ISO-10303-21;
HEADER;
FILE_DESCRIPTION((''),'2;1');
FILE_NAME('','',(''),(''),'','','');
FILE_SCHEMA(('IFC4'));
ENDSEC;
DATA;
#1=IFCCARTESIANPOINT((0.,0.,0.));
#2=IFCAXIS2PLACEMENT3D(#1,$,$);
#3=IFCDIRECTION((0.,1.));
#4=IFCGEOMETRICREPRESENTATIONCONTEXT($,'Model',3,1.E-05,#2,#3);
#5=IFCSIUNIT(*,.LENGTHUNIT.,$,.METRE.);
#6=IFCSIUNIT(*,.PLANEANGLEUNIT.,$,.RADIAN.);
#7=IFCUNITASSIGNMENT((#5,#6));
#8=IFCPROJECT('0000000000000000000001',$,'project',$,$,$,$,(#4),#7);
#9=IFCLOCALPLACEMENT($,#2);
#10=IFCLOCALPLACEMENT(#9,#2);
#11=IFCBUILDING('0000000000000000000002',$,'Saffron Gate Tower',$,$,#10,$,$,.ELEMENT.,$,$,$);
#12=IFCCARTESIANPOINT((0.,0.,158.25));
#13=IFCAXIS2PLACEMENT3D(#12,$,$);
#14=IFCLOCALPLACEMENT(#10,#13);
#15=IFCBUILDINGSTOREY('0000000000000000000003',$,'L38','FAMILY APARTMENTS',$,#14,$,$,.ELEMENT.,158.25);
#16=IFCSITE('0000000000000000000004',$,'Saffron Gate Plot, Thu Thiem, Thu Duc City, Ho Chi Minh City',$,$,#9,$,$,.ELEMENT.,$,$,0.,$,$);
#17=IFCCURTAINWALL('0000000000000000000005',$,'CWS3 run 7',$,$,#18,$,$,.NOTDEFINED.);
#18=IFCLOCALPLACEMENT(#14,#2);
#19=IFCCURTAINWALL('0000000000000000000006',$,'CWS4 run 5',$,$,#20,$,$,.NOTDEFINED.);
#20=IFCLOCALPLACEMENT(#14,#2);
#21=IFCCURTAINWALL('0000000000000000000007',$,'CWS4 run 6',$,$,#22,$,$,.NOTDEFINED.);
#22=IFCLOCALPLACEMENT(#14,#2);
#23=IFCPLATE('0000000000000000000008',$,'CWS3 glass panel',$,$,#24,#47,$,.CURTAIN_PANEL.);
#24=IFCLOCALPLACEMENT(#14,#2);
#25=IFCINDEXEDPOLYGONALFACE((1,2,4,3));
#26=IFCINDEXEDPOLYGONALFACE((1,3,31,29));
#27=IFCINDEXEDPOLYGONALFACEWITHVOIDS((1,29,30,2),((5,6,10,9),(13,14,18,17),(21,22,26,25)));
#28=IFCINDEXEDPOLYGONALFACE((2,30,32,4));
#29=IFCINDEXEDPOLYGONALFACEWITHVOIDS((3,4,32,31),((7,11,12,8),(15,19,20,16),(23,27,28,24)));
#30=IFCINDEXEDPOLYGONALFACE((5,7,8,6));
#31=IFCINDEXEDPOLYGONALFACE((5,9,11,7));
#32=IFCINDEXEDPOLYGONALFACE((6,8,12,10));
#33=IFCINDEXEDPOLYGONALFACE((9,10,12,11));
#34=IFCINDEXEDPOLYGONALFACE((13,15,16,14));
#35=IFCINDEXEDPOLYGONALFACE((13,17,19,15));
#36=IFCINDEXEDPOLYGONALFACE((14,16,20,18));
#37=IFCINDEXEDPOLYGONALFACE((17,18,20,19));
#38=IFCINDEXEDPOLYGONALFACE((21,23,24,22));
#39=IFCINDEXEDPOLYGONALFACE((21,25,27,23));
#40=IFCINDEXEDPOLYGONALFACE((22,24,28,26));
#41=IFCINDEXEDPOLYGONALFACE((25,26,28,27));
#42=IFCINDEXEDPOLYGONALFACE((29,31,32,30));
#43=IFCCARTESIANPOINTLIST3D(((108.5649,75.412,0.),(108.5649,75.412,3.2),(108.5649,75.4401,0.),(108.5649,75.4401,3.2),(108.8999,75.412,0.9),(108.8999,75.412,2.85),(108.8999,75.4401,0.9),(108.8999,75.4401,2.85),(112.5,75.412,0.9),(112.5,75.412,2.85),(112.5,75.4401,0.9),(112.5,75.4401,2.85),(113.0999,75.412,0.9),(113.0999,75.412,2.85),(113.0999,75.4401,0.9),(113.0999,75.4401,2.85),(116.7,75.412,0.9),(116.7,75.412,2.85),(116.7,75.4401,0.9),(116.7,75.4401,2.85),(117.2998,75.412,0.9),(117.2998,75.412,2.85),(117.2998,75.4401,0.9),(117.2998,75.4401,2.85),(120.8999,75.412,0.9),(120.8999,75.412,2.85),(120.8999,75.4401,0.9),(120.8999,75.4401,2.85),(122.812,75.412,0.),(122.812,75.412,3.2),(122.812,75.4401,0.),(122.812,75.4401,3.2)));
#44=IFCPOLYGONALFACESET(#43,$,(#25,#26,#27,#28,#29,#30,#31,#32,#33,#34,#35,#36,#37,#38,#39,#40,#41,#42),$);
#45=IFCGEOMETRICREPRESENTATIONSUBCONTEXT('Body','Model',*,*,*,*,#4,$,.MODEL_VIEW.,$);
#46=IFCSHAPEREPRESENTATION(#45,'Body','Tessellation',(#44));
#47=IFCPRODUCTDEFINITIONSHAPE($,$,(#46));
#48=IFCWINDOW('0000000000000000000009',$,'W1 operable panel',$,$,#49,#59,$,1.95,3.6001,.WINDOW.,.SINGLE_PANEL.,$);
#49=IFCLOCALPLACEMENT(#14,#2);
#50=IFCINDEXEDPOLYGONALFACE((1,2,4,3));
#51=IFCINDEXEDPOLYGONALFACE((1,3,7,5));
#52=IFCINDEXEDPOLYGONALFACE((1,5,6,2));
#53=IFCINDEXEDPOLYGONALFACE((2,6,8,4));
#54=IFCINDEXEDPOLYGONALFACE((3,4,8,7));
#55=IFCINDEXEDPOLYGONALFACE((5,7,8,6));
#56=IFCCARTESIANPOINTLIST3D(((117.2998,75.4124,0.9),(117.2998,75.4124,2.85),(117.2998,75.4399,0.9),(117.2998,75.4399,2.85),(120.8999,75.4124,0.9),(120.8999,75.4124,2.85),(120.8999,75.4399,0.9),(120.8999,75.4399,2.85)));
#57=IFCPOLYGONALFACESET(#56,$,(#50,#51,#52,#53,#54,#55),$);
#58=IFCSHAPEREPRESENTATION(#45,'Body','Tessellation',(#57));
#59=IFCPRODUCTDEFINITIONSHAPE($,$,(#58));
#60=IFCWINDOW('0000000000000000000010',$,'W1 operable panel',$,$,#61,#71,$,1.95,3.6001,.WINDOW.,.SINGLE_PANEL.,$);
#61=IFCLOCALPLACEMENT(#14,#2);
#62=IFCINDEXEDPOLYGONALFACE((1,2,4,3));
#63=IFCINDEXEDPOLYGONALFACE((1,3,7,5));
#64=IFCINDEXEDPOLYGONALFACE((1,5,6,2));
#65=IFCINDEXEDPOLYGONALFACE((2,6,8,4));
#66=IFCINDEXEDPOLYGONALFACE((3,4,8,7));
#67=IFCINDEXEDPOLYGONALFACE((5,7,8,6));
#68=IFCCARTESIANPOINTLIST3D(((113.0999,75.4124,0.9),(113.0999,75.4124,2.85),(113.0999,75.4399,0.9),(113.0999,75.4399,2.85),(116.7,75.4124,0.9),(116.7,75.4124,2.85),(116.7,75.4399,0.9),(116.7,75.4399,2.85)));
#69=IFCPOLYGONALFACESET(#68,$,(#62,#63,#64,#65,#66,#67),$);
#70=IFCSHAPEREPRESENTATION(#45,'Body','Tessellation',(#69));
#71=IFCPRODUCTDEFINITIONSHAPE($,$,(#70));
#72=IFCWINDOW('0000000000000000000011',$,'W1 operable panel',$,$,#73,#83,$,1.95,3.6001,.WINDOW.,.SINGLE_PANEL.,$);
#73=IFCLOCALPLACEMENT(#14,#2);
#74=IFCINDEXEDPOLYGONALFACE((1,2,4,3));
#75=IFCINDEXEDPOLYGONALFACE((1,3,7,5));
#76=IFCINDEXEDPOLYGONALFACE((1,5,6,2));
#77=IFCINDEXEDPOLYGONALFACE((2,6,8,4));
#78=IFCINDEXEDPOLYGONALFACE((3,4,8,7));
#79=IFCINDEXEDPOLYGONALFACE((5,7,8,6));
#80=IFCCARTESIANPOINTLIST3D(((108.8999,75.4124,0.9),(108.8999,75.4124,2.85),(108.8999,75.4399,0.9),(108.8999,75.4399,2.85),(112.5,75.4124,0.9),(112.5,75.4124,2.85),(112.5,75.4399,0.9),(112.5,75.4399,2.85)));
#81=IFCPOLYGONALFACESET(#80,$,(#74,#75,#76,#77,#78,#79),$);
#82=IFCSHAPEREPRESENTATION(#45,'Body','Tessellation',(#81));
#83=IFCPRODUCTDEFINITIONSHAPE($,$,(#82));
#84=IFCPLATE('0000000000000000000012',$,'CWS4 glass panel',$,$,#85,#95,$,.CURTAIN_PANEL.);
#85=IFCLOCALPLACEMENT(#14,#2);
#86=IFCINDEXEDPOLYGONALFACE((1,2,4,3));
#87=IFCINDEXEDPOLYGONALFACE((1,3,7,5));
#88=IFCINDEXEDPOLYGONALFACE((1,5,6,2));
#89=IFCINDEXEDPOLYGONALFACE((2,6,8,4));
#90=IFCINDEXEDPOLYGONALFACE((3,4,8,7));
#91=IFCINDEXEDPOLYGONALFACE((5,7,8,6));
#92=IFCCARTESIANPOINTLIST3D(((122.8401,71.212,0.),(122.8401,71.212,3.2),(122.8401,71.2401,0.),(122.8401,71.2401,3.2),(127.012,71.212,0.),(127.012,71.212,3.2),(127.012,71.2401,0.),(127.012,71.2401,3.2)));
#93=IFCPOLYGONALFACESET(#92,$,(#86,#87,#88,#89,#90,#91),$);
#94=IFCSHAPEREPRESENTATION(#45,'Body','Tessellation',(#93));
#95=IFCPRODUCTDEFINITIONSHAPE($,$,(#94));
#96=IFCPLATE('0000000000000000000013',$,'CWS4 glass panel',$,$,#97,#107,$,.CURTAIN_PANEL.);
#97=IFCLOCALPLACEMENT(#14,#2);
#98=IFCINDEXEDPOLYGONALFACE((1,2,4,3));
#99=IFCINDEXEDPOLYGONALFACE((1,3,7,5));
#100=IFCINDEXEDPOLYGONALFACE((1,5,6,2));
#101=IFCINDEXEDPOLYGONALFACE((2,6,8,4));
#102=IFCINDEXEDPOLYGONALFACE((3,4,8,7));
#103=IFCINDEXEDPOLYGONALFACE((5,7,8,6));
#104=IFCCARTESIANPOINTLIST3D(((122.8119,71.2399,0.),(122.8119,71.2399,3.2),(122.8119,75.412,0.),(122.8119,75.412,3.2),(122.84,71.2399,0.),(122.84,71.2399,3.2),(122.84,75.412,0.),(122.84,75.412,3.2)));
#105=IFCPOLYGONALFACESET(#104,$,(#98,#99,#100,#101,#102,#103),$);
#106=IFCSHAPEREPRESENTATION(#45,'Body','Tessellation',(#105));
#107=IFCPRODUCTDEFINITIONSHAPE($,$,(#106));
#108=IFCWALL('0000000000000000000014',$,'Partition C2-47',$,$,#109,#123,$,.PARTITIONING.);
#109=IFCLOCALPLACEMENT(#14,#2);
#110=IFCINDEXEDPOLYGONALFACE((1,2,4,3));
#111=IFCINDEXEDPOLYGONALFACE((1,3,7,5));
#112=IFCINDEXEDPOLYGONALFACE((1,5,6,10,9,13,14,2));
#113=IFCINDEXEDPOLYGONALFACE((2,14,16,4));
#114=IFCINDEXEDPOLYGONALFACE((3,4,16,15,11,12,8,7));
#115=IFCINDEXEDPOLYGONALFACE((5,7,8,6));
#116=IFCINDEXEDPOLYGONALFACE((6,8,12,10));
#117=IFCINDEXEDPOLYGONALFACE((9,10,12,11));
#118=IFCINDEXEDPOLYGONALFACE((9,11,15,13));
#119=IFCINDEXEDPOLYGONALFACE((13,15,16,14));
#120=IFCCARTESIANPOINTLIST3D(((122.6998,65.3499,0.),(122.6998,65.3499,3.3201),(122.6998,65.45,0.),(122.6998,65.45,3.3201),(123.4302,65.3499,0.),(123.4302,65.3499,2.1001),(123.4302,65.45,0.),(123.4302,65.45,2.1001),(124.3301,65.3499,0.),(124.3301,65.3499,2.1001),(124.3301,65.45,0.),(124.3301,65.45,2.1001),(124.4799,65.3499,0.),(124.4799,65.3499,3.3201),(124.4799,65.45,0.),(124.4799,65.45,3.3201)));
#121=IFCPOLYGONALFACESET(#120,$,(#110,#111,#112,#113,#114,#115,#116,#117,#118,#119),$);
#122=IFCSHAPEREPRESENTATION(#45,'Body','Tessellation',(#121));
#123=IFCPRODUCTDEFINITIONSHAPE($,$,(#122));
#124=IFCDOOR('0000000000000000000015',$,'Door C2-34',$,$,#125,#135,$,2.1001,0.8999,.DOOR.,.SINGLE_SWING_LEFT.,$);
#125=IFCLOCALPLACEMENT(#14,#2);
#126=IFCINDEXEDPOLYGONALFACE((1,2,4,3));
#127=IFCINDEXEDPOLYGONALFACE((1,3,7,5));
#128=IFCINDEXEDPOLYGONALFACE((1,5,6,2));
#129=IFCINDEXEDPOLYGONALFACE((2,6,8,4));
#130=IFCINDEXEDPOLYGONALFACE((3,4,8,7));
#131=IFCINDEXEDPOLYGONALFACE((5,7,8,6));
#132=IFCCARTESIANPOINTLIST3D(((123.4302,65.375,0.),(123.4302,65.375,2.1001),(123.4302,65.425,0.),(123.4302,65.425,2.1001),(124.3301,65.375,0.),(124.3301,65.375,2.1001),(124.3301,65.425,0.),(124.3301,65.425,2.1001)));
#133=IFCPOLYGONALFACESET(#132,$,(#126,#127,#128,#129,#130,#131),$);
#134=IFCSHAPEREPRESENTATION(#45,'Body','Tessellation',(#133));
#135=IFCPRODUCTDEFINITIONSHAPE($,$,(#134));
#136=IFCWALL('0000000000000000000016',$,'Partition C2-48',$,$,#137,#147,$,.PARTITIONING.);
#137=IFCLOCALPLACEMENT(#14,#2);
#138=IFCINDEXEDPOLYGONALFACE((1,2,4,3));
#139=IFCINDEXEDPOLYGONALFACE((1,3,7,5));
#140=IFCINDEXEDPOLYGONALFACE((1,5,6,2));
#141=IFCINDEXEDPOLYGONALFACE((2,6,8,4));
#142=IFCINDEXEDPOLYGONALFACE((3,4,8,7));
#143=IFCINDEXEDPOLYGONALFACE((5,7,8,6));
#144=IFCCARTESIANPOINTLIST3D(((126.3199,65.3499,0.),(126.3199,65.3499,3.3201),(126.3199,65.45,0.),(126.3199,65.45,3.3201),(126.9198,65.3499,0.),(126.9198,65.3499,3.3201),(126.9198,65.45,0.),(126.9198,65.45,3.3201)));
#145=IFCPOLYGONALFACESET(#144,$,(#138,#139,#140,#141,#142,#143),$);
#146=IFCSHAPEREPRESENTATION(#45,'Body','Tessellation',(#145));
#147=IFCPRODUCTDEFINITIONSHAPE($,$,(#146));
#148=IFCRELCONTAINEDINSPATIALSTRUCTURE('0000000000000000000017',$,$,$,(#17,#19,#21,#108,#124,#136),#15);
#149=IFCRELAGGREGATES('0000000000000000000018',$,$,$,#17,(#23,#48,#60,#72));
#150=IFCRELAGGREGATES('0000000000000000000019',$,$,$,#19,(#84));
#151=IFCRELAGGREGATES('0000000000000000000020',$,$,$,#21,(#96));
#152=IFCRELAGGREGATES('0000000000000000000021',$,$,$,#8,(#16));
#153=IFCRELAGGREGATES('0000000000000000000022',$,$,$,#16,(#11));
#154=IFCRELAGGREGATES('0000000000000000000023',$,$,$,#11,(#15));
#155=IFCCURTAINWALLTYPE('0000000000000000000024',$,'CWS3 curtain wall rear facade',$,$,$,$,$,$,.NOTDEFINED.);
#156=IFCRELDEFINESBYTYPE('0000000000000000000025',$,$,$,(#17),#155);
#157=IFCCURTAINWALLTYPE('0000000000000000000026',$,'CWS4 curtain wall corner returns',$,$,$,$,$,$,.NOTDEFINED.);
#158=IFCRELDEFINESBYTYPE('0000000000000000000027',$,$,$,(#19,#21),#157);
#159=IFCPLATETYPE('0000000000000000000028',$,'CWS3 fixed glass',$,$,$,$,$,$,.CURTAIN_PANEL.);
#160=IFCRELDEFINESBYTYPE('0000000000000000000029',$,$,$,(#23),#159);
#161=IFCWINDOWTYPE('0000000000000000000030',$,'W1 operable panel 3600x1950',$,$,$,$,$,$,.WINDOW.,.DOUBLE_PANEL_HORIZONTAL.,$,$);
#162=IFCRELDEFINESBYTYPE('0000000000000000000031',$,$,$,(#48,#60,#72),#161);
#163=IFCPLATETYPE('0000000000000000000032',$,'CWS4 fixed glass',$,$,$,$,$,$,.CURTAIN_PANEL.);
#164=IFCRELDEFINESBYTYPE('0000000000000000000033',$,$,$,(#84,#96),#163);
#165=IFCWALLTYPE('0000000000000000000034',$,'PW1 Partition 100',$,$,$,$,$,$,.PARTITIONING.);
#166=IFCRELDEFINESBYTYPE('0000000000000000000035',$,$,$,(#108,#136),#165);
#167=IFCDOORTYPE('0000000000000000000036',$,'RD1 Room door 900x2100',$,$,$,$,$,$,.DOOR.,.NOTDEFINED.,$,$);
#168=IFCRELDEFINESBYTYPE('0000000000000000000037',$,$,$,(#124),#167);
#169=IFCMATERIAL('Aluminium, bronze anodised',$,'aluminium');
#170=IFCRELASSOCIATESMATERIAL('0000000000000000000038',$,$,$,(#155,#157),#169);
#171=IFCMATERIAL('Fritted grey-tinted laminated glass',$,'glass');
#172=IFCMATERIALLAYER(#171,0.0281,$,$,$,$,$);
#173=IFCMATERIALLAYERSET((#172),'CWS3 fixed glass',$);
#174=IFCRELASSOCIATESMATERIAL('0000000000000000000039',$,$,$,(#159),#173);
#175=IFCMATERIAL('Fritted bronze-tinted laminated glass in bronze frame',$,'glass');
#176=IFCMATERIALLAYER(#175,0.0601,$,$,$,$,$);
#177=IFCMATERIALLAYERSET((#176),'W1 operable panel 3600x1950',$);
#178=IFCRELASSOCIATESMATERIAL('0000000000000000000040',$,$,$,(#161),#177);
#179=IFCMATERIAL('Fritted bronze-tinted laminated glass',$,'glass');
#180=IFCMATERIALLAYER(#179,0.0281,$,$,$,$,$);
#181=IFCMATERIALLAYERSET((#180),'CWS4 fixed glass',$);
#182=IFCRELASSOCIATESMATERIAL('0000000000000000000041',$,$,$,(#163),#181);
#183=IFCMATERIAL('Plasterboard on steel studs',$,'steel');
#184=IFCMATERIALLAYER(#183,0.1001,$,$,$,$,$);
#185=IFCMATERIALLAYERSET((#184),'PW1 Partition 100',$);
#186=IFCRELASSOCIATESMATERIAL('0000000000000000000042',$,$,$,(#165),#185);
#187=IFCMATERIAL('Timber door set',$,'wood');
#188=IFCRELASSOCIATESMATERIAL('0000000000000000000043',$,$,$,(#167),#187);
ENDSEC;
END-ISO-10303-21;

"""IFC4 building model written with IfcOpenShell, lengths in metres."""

from ifc_helpers import new_model, si_unit, direction, frame, frame_2d, origin, place, context, subcontext, project, spatial, rectangle, extrude, material, layer, layer_set, type_object, element, fill, aggregate, save


model = new_model("IFC4")

# Units and contexts
model_context = context("Model", 3, precision=1e-05, world=origin(), true_north=direction((0.0, 1.0)))
body_context = subcontext(model_context, "Body", "Model", "MODEL_VIEW")
ifc_project = project(units=[si_unit("LENGTHUNIT", "METRE"), si_unit("PLANEANGLEUNIT", "RADIAN")], contexts=[model_context])

# Site, building, storey
site_placement = place(None, origin())
site = spatial("IfcSite", under=ifc_project, at=site_placement, Name="Saffron Gate Plot, Thu Thiem, Thu Duc City, Ho Chi Minh City", CompositionType="ELEMENT", RefElevation=0.0)
building_placement = place(site_placement, origin())
building = spatial("IfcBuilding", under=site, at=building_placement, Name="Saffron Gate Tower", CompositionType="ELEMENT")
storey_placement = place(building_placement, frame((0.0, 0.0, 158.25)))
storey = spatial("IfcBuildingStorey", under=building, at=storey_placement, Name="L38", Description="FAMILY APARTMENTS", CompositionType="ELEMENT", Elevation=158.25)

# Curtain walls
ifc_material_1 = material(Name="Aluminium, bronze anodised", Category="aluminium")
curtain_wall_type_1 = type_object("IfcCurtainWallType", Name="CWS3 curtain wall rear facade", PredefinedType="NOTDEFINED", material=ifc_material_1)
curtain_wall_1_placement = place(storey_placement, origin())
curtain_wall_1 = element("IfcCurtainWall", 1, at=curtain_wall_1_placement, inside=storey, type_object=curtain_wall_type_1, Name="CWS3 run 7", PredefinedType="NOTDEFINED")
curtain_wall_type_2 = type_object("IfcCurtainWallType", Name="CWS4 curtain wall corner returns", PredefinedType="NOTDEFINED", material=ifc_material_1)
curtain_wall_2_placement = place(storey_placement, origin())
curtain_wall_2 = element("IfcCurtainWall", 2, at=curtain_wall_2_placement, inside=storey, type_object=curtain_wall_type_2, Name="CWS4 run 5", PredefinedType="NOTDEFINED")
curtain_wall_3_placement = place(storey_placement, origin())
curtain_wall_3 = element("IfcCurtainWall", 3, at=curtain_wall_3_placement, inside=storey, type_object=curtain_wall_type_2, Name="CWS4 run 6", PredefinedType="NOTDEFINED")

# Plate, openings, windows
ifc_material_2 = material(Name="Fritted grey-tinted laminated glass", Category="glass")
ifc_layer_1 = layer(ifc_material_2, 0.0281)
ifc_layer_set_1 = layer_set([ifc_layer_1], Name="CWS3 fixed glass")
plate_type_1 = type_object("IfcPlateType", Name="CWS3 fixed glass", PredefinedType="CURTAIN_PANEL", material=ifc_layer_set_1)
plate_1_placement = place(storey_placement, frame((122.812, 75.426, 0.0), z_axis=(0.0, 0.0, 1.0), x_axis=(-1.0, 0.0, 0.0)))
plate_1 = element("IfcPlate", 4, at=plate_1_placement, type_object=plate_type_1, Name="CWS3 glass panel", PredefinedType="CURTAIN_PANEL", context=body_context, shape_type="SweptSolid", body=[
    extrude(rectangle(XDim=14.2471, YDim=0.0281, at=frame_2d((7.1235, 0.0))), origin(), (0.0, 0.0, 1.0), 3.2),
])
opening_1_placement = place(plate_1_placement, frame((1.9121, 0.0, 0.8999)))
opening_1 = element("IfcOpeningElement", 5, at=opening_1_placement, cuts=plate_1, PredefinedType="OPENING", context=body_context, shape_type="SweptSolid", body=[
    extrude(rectangle(XDim=3.6001, YDim=1.95, at=frame_2d((1.8, 0.9751))), frame((0.0, 0.0239, 0.0), z_axis=(0.0, -1.0, 0.0), x_axis=(1.0, 0.0, 0.0)), (0.0, 0.0, 1.0), 0.0481),
])
opening_2_placement = place(plate_1_placement, frame((6.1121, 0.0, 0.8999)))
opening_2 = element("IfcOpeningElement", 6, at=opening_2_placement, cuts=plate_1, PredefinedType="OPENING", context=body_context, shape_type="SweptSolid", body=[
    extrude(rectangle(XDim=3.6001, YDim=1.95, at=frame_2d((1.8, 0.9751))), frame((0.0, 0.0239, 0.0), z_axis=(0.0, -1.0, 0.0), x_axis=(1.0, 0.0, 0.0)), (0.0, 0.0, 1.0), 0.0481),
])
opening_3_placement = place(plate_1_placement, frame((10.312, 0.0, 0.8999)))
opening_3 = element("IfcOpeningElement", 7, at=opening_3_placement, cuts=plate_1, PredefinedType="OPENING", context=body_context, shape_type="SweptSolid", body=[
    extrude(rectangle(XDim=3.6001, YDim=1.95, at=frame_2d((1.8, 0.9751))), frame((0.0, 0.0239, 0.0), z_axis=(0.0, -1.0, 0.0), x_axis=(1.0, 0.0, 0.0)), (0.0, 0.0, 1.0), 0.0481),
])
ifc_material_3 = material(Name="Fritted bronze-tinted laminated glass in bronze frame", Category="glass")
ifc_layer_2 = layer(ifc_material_3, 0.0601)
ifc_layer_set_2 = layer_set([ifc_layer_2], Name="W1 operable panel 3600x1950")
window_type = type_object("IfcWindowType", Name="W1 operable panel 3600x1950", PartitioningType="DOUBLE_PANEL_HORIZONTAL", PredefinedType="WINDOW", material=ifc_layer_set_2)
window_1_placement = place(opening_1_placement, origin())
window_1 = element("IfcWindow", 8, at=window_1_placement, type_object=window_type, Name="W1 operable panel", OverallHeight=1.95, OverallWidth=3.6001, PartitioningType="SINGLE_PANEL", PredefinedType="WINDOW", context=body_context, shape_type="SweptSolid", body=[
    extrude(rectangle(XDim=3.6001, YDim=1.95, at=frame_2d((1.8, 0.9751))), frame((0.0, 0.0137, 0.0), z_axis=(0.0, -1.0, 0.0), x_axis=(1.0, 0.0, 0.0)), (0.0, 0.0, 1.0), 0.0276),
])
fill(opening_1, window_1)
window_2_placement = place(opening_2_placement, origin())
window_2 = element("IfcWindow", 9, at=window_2_placement, type_object=window_type, Name="W1 operable panel", OverallHeight=1.95, OverallWidth=3.6001, PartitioningType="SINGLE_PANEL", PredefinedType="WINDOW", context=body_context, shape_type="SweptSolid", body=[
    extrude(rectangle(XDim=3.6001, YDim=1.95, at=frame_2d((1.8, 0.9751))), frame((0.0, 0.0137, 0.0), z_axis=(0.0, -1.0, 0.0), x_axis=(1.0, 0.0, 0.0)), (0.0, 0.0, 1.0), 0.0276),
])
fill(opening_2, window_2)
window_3_placement = place(opening_3_placement, origin())
window_3 = element("IfcWindow", 10, at=window_3_placement, type_object=window_type, Name="W1 operable panel", OverallHeight=1.95, OverallWidth=3.6001, PartitioningType="SINGLE_PANEL", PredefinedType="WINDOW", context=body_context, shape_type="SweptSolid", body=[
    extrude(rectangle(XDim=3.6001, YDim=1.95, at=frame_2d((1.8, 0.9751))), frame((0.0, 0.0137, 0.0), z_axis=(0.0, -1.0, 0.0), x_axis=(1.0, 0.0, 0.0)), (0.0, 0.0, 1.0), 0.0276),
])
fill(opening_3, window_3)
aggregate(curtain_wall_1, [plate_1, window_1, window_2, window_3])

# Plates
ifc_material_4 = material(Name="Fritted bronze-tinted laminated glass", Category="glass")
ifc_layer_3 = layer(ifc_material_4, 0.0281)
ifc_layer_set_3 = layer_set([ifc_layer_3], Name="CWS4 fixed glass")
plate_type_2 = type_object("IfcPlateType", Name="CWS4 fixed glass", PredefinedType="CURTAIN_PANEL", material=ifc_layer_set_3)
plate_2_placement = place(storey_placement, frame((127.012, 71.2261, 0.0), z_axis=(0.0, 0.0, 1.0), x_axis=(-1.0, 0.0, 0.0)))
plate_2 = element("IfcPlate", 11, at=plate_2_placement, type_object=plate_type_2, Name="CWS4 glass panel", PredefinedType="CURTAIN_PANEL", context=body_context, shape_type="SweptSolid", body=[
    extrude(rectangle(XDim=4.1719, YDim=0.0281, at=frame_2d((2.0859, 0.0))), origin(), (0.0, 0.0, 1.0), 3.2),
])
aggregate(curtain_wall_2, [plate_2])
plate_3_placement = place(storey_placement, frame((122.8259, 71.24, 0.0), z_axis=(0.0, 0.0, 1.0), x_axis=(0.0, 1.0, 0.0)))
plate_3 = element("IfcPlate", 12, at=plate_3_placement, type_object=plate_type_2, Name="CWS4 glass panel", PredefinedType="CURTAIN_PANEL", context=body_context, shape_type="SweptSolid", body=[
    extrude(rectangle(XDim=4.1721, YDim=0.0281, at=frame_2d((2.0859, 0.0))), origin(), (0.0, 0.0, 1.0), 3.2),
])
aggregate(curtain_wall_3, [plate_3])

# Wall, opening, door
ifc_material_5 = material(Name="Plasterboard on steel studs", Category="steel")
ifc_layer_4 = layer(ifc_material_5, 0.1001)
ifc_layer_set_4 = layer_set([ifc_layer_4], Name="PW1 Partition 100")
wall_type = type_object("IfcWallType", Name="PW1 Partition 100", PredefinedType="PARTITIONING", material=ifc_layer_set_4)
wall_1_placement = place(storey_placement, frame((124.48, 65.3999, 0.0), z_axis=(0.0, 0.0, 1.0), x_axis=(-1.0, 0.0, 0.0)))
wall_1 = element("IfcWall", 13, at=wall_1_placement, inside=storey, type_object=wall_type, Name="Partition C2-47", PredefinedType="PARTITIONING", context=body_context, shape_type="SweptSolid", body=[
    extrude(rectangle(XDim=1.78, YDim=0.1001, at=frame_2d((0.8901, 0.0))), origin(), (0.0, 0.0, 1.0), 3.3201),
])
opening_4_placement = place(wall_1_placement, frame((0.1499, 0.0, 0.0)))
opening_4 = element("IfcOpeningElement", 14, at=opening_4_placement, cuts=wall_1, PredefinedType="OPENING", context=body_context, shape_type="SweptSolid", body=[
    extrude(rectangle(XDim=0.8999, YDim=2.1001, at=frame_2d((0.45, 1.05))), frame((0.0, 0.0601, 0.0), z_axis=(0.0, -1.0, 0.0), x_axis=(1.0, 0.0, 0.0)), (0.0, 0.0, 1.0), 0.1201),
])
ifc_material_6 = material(Name="Timber door set", Category="wood")
door_type = type_object("IfcDoorType", Name="RD1 Room door 900x2100", OperationType="NOTDEFINED", PredefinedType="DOOR", material=ifc_material_6)
door_placement = place(opening_4_placement, origin())
door = element("IfcDoor", 15, at=door_placement, inside=storey, type_object=door_type, Name="Door C2-34", OperationType="SINGLE_SWING_LEFT", OverallHeight=2.1001, OverallWidth=0.8999, PredefinedType="DOOR", context=body_context, shape_type="SweptSolid", body=[
    extrude(rectangle(XDim=0.8999, YDim=2.1001, at=frame_2d((0.45, 1.05))), frame((0.0, 0.0249, 0.0), z_axis=(0.0, -1.0, 0.0), x_axis=(1.0, 0.0, 0.0)), (0.0, 0.0, 1.0), 0.05),
])
fill(opening_4, door)

# Wall
wall_2_placement = place(storey_placement, frame((126.3201, 65.3999, 0.0), z_axis=(0.0, 0.0, 1.0), x_axis=(1.0, 0.0, 0.0)))
element("IfcWall", 16, at=wall_2_placement, inside=storey, type_object=wall_type, Name="Partition C2-48", PredefinedType="PARTITIONING", context=body_context, shape_type="SweptSolid", body=[
    extrude(rectangle(XDim=0.5999, YDim=0.1001, at=frame_2d((0.2998, 0.0))), origin(), (0.0, 0.0, 1.0), 3.3201),
])

save(model, "model.ifc")
